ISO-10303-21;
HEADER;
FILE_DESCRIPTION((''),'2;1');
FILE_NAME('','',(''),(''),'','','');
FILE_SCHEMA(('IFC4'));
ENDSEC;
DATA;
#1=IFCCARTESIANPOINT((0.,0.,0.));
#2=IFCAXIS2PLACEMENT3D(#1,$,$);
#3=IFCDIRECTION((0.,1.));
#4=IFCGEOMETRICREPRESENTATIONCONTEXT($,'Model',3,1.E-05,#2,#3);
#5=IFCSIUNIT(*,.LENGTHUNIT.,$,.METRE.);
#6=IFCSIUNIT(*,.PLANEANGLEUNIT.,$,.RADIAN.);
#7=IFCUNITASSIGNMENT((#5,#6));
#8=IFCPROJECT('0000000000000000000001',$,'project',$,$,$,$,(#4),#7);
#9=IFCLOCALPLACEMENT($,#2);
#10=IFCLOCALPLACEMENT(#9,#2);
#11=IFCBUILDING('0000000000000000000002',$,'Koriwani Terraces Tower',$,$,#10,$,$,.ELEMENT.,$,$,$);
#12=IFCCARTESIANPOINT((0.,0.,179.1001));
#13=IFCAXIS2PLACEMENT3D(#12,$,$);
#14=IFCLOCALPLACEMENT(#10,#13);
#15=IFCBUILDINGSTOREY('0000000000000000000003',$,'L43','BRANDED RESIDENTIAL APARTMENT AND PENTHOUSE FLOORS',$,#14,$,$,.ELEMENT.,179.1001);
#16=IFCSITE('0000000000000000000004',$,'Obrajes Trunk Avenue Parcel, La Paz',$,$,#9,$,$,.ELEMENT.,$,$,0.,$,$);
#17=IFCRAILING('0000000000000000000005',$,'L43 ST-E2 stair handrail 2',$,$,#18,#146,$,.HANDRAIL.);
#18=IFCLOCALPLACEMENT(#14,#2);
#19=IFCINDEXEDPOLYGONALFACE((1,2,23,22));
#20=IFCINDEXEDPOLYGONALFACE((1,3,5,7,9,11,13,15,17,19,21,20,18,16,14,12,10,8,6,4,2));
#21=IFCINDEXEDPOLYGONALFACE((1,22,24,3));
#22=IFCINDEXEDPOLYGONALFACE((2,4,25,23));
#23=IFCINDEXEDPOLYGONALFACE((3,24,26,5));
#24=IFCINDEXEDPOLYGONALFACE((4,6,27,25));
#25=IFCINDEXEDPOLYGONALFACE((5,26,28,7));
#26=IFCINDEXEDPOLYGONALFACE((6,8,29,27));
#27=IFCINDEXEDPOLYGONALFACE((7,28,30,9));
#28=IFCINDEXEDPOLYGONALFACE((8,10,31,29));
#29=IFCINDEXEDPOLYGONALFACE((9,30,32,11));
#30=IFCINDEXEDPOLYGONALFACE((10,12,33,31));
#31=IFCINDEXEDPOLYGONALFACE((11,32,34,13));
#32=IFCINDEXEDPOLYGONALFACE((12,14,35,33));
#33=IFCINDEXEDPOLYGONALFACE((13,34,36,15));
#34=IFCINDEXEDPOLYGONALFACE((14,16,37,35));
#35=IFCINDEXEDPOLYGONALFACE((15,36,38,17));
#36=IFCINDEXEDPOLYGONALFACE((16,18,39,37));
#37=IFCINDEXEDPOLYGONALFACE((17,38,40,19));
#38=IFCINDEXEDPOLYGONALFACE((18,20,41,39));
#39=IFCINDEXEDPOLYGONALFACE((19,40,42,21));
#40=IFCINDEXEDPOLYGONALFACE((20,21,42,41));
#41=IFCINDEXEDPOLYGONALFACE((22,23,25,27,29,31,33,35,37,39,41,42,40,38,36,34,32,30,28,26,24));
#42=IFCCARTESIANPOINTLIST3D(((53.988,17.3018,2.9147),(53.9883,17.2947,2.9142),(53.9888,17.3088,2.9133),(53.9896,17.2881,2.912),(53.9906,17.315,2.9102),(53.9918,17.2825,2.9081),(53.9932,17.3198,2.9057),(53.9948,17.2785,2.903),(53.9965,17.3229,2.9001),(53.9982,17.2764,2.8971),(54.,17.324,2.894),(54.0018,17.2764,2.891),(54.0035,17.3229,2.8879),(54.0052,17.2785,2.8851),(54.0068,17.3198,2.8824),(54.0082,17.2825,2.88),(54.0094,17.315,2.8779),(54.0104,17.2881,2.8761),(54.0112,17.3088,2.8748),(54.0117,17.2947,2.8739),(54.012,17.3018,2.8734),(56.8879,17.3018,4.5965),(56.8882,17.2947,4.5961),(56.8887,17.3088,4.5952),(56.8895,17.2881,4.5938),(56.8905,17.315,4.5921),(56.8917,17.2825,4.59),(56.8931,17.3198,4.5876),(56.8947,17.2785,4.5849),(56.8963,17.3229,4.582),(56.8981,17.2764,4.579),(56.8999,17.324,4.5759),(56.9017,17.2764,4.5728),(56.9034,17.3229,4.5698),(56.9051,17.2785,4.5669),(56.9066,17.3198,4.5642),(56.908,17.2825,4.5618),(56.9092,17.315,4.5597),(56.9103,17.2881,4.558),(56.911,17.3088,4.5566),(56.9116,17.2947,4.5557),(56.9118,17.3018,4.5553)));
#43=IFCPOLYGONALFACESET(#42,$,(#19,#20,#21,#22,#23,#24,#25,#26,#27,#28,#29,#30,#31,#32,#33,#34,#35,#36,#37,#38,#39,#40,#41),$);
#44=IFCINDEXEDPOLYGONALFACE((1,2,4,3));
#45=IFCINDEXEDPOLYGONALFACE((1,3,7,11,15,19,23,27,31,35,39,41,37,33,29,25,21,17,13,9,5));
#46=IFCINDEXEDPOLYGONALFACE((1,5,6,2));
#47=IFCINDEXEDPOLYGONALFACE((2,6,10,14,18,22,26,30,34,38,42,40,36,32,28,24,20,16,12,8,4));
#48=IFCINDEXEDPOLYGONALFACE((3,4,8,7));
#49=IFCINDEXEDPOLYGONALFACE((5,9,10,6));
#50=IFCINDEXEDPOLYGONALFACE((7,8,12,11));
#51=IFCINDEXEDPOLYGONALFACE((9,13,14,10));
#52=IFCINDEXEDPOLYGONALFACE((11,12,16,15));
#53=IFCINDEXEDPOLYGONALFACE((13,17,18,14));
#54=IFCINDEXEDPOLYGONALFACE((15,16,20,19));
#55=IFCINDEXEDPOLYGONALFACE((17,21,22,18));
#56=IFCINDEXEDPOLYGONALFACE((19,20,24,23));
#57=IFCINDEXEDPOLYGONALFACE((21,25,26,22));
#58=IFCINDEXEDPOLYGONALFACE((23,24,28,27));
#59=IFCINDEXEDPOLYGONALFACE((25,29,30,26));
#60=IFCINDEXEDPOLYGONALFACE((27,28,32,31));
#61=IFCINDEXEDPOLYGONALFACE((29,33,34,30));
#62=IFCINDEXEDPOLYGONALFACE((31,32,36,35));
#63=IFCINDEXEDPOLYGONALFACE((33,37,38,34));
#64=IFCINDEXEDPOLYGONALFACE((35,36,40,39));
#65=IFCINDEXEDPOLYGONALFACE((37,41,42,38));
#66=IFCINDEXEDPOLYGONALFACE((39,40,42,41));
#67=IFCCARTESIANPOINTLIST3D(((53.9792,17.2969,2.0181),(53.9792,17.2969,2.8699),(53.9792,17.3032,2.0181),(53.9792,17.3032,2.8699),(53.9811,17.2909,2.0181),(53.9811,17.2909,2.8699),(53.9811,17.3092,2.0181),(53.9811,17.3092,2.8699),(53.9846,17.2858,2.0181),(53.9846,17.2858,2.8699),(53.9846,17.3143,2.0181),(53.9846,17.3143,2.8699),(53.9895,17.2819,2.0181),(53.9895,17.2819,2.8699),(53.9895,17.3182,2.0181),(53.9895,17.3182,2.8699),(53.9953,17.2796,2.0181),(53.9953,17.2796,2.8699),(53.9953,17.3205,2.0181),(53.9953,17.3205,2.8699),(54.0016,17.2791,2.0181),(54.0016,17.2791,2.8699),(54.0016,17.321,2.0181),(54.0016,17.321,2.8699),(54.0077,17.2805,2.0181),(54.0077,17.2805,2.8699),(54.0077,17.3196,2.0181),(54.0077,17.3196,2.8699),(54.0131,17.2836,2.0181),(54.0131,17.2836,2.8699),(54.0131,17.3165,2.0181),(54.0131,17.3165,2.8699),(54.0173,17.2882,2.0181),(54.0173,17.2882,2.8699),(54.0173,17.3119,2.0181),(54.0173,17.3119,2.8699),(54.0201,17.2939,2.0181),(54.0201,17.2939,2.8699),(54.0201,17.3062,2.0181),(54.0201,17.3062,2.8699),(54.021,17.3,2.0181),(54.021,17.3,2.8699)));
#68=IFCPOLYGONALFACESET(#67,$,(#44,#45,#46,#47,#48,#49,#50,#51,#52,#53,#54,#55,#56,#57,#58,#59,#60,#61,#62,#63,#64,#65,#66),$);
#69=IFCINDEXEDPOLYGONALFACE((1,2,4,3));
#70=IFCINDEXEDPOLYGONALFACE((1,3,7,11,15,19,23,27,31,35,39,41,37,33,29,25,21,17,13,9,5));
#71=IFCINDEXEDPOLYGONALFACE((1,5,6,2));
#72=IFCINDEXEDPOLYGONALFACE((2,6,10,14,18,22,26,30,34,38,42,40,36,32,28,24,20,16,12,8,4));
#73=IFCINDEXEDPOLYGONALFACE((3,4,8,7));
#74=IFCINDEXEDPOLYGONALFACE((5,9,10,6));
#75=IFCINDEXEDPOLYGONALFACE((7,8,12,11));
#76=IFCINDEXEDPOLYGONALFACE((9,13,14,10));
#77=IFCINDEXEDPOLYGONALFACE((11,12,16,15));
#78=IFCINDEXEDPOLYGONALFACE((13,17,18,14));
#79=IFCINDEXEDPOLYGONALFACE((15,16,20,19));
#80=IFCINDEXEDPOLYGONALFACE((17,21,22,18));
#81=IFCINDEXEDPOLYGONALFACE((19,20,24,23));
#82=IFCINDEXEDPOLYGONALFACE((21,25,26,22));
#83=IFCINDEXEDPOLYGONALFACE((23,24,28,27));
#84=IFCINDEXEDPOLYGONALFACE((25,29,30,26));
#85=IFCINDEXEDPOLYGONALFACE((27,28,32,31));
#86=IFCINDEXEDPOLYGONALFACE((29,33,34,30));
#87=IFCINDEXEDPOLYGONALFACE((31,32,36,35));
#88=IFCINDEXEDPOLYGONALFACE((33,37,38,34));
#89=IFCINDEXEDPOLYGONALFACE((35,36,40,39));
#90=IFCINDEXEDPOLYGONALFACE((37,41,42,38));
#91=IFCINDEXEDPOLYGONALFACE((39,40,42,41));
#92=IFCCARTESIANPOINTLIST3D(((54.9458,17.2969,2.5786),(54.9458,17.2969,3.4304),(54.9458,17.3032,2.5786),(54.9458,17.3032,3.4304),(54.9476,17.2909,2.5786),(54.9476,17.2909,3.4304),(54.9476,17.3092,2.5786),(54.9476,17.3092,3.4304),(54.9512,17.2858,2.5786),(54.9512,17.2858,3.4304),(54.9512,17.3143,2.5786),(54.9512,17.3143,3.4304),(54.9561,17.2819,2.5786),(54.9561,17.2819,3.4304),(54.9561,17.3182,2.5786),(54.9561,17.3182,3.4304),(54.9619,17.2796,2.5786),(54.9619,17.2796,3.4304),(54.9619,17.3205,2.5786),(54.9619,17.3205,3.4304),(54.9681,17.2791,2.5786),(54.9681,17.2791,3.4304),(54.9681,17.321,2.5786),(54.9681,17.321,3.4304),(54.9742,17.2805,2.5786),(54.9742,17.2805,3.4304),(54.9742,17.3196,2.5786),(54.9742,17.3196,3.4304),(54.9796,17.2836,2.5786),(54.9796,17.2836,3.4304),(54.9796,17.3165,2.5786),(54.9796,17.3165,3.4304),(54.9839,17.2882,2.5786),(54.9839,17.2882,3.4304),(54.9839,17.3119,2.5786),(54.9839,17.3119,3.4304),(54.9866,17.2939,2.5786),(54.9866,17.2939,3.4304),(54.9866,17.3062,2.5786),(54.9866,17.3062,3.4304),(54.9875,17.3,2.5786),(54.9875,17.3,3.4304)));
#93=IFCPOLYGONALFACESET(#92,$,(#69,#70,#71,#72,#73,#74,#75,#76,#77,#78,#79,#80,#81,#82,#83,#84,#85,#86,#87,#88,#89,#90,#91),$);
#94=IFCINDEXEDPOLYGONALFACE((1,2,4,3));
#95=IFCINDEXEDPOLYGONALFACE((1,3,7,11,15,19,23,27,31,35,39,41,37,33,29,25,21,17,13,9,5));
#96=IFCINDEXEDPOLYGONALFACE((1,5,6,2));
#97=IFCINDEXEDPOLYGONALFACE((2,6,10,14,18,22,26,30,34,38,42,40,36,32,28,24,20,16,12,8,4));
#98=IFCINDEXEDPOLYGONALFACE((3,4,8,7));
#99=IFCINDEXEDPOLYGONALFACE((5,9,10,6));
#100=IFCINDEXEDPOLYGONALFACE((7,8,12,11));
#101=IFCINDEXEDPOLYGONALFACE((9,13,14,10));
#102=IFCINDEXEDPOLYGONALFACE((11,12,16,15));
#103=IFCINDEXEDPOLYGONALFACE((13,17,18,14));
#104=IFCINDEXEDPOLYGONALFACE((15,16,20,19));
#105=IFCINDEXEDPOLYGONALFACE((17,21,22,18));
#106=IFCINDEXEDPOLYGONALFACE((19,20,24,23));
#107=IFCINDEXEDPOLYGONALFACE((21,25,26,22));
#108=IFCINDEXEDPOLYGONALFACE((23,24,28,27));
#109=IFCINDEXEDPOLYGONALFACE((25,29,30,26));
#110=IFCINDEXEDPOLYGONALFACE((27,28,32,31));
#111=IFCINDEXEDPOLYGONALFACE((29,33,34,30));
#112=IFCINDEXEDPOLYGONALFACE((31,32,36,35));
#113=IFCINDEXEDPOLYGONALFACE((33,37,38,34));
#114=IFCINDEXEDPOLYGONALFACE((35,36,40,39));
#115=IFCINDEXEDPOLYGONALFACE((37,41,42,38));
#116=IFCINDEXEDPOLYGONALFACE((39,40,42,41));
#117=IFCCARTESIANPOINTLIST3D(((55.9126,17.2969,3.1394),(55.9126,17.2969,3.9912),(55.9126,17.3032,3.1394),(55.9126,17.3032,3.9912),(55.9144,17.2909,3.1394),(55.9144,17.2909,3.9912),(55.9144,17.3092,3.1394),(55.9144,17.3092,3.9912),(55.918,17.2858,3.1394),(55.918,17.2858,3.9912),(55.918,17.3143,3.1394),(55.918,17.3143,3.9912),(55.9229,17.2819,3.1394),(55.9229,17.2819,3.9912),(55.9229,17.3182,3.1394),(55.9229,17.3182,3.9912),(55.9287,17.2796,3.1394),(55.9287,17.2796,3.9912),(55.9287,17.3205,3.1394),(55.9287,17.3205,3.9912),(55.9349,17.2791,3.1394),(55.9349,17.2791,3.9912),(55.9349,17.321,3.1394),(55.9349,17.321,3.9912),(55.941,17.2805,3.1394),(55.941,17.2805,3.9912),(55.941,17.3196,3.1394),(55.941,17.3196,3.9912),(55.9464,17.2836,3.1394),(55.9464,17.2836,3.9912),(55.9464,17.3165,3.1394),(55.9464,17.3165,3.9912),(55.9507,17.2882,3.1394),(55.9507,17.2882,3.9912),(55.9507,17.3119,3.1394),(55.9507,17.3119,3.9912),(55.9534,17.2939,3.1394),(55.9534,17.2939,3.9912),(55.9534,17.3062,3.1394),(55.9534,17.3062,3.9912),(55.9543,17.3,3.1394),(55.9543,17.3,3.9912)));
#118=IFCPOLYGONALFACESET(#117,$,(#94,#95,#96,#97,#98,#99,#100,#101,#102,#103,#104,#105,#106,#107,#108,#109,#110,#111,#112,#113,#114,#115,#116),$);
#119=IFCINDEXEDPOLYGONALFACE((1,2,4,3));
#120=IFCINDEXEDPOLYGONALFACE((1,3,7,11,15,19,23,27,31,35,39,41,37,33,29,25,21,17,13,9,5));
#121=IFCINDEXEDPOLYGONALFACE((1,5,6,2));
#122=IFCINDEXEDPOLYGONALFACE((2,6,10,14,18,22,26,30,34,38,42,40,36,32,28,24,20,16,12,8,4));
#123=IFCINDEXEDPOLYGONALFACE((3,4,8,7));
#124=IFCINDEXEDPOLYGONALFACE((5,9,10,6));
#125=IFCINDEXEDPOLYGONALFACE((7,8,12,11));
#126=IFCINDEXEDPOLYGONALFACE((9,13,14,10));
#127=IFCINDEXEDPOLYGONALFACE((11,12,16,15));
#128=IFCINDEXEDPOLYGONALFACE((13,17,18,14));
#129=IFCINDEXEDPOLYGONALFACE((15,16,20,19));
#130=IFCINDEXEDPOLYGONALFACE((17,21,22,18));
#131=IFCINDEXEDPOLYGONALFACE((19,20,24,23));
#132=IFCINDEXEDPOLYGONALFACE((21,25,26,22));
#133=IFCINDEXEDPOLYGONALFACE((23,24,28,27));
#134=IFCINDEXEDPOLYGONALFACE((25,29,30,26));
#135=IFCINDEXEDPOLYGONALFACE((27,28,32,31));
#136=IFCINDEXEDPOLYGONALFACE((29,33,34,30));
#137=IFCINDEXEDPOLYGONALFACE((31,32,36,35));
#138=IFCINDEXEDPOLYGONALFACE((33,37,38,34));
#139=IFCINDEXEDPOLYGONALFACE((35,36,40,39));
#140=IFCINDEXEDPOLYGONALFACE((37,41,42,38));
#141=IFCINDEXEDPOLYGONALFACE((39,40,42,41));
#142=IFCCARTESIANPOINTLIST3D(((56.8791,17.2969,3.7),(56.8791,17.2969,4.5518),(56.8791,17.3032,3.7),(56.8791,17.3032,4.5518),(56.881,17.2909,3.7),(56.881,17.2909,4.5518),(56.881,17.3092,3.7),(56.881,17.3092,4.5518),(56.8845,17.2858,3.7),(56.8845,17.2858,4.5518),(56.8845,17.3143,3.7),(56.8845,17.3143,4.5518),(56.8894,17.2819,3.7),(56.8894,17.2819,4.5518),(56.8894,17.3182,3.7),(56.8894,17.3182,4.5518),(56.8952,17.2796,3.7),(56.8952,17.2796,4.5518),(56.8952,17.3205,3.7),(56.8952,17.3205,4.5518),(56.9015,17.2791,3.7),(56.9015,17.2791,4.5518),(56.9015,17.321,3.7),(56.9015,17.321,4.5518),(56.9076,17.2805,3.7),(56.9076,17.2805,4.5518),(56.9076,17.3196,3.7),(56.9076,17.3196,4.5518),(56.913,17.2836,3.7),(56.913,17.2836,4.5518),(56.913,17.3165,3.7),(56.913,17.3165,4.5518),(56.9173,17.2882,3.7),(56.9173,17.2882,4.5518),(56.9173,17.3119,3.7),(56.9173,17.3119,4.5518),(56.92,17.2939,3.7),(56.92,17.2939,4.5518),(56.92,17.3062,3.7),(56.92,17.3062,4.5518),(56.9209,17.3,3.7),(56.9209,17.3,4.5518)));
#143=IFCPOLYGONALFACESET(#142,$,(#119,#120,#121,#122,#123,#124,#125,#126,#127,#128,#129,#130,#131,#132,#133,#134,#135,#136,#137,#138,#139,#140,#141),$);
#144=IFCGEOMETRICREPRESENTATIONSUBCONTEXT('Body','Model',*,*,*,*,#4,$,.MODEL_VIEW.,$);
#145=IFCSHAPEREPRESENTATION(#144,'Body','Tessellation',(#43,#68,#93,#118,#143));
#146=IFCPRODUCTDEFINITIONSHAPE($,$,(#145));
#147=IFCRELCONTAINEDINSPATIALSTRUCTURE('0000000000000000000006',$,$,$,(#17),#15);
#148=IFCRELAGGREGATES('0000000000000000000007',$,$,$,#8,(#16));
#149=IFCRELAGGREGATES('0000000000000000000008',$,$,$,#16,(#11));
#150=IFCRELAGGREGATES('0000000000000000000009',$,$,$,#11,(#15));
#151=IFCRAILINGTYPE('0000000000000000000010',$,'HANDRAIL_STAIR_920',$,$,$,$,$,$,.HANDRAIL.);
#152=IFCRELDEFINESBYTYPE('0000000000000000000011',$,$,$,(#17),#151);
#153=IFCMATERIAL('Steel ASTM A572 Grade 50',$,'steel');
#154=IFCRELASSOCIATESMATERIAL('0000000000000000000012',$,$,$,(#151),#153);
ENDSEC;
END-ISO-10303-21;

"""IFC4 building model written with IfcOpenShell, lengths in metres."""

from ifc_helpers import new_model, si_unit, direction, frame, origin, origin_2d, place, context, subcontext, project, spatial, circle, extrude, material, type_object, element, save


model = new_model("IFC4")

# Units and contexts
model_context = context("Model", 3, precision=1e-05, world=origin(), true_north=direction((0.0, 1.0)))
body_context = subcontext(model_context, "Body", "Model", "MODEL_VIEW")
ifc_project = project(units=[si_unit("LENGTHUNIT", "METRE"), si_unit("PLANEANGLEUNIT", "RADIAN")], contexts=[model_context])

# Site, building, storey
site_placement = place(None, origin())
site = spatial("IfcSite", under=ifc_project, at=site_placement, Name="Obrajes Trunk Avenue Parcel, La Paz", CompositionType="ELEMENT", RefElevation=0.0)
building_placement = place(site_placement, origin())
building = spatial("IfcBuilding", under=site, at=building_placement, Name="Koriwani Terraces Tower", CompositionType="ELEMENT")
storey_placement = place(building_placement, frame((0.0, 0.0, 179.1001)))
storey = spatial("IfcBuildingStorey", under=building, at=storey_placement, Name="L43", Description="BRANDED RESIDENTIAL APARTMENT AND PENTHOUSE FLOORS", CompositionType="ELEMENT", Elevation=179.1001)

# Shared definitions
ifc_material_1 = material(Name="Steel ASTM A572 Grade 50", Category="steel")

# Railing
railing_type_1 = type_object("IfcRailingType", Name="HANDRAIL_STAIR_920", PredefinedType="HANDRAIL", material=ifc_material_1)
railing_1_placement = place(storey_placement, frame((54.0, 17.3, 2.0181)))
element("IfcRailing", 1, at=railing_1_placement, inside=storey, type_object=railing_type_1, Name="L43 ST-E2 stair handrail 2", PredefinedType="HANDRAIL", context=body_context, shape_type="SweptSolid", body=[
    extrude(circle(Radius=0.0239, at=origin_2d()), frame((0.0, 0.0, 0.876), z_axis=(0.865039, 0.0, 0.501705), x_axis=(0.0, 1.0, 0.0)), (0.0, 0.0, 1.0), 3.3523),
    extrude(circle(Radius=0.021, at=origin_2d()), origin(), (0.0, 0.0, 1.0), 0.8518),
    extrude(circle(Radius=0.021, at=origin_2d()), frame((0.9666, 0.0, 0.5605)), (0.0, 0.0, 1.0), 0.8518),
    extrude(circle(Radius=0.021, at=origin_2d()), frame((1.9333, 0.0, 1.1213)), (0.0, 0.0, 1.0), 0.8518),
    extrude(circle(Radius=0.021, at=origin_2d()), frame((2.8999, 0.0, 1.6819)), (0.0, 0.0, 1.0), 0.8518),
])

save(model, "model.ifc")
